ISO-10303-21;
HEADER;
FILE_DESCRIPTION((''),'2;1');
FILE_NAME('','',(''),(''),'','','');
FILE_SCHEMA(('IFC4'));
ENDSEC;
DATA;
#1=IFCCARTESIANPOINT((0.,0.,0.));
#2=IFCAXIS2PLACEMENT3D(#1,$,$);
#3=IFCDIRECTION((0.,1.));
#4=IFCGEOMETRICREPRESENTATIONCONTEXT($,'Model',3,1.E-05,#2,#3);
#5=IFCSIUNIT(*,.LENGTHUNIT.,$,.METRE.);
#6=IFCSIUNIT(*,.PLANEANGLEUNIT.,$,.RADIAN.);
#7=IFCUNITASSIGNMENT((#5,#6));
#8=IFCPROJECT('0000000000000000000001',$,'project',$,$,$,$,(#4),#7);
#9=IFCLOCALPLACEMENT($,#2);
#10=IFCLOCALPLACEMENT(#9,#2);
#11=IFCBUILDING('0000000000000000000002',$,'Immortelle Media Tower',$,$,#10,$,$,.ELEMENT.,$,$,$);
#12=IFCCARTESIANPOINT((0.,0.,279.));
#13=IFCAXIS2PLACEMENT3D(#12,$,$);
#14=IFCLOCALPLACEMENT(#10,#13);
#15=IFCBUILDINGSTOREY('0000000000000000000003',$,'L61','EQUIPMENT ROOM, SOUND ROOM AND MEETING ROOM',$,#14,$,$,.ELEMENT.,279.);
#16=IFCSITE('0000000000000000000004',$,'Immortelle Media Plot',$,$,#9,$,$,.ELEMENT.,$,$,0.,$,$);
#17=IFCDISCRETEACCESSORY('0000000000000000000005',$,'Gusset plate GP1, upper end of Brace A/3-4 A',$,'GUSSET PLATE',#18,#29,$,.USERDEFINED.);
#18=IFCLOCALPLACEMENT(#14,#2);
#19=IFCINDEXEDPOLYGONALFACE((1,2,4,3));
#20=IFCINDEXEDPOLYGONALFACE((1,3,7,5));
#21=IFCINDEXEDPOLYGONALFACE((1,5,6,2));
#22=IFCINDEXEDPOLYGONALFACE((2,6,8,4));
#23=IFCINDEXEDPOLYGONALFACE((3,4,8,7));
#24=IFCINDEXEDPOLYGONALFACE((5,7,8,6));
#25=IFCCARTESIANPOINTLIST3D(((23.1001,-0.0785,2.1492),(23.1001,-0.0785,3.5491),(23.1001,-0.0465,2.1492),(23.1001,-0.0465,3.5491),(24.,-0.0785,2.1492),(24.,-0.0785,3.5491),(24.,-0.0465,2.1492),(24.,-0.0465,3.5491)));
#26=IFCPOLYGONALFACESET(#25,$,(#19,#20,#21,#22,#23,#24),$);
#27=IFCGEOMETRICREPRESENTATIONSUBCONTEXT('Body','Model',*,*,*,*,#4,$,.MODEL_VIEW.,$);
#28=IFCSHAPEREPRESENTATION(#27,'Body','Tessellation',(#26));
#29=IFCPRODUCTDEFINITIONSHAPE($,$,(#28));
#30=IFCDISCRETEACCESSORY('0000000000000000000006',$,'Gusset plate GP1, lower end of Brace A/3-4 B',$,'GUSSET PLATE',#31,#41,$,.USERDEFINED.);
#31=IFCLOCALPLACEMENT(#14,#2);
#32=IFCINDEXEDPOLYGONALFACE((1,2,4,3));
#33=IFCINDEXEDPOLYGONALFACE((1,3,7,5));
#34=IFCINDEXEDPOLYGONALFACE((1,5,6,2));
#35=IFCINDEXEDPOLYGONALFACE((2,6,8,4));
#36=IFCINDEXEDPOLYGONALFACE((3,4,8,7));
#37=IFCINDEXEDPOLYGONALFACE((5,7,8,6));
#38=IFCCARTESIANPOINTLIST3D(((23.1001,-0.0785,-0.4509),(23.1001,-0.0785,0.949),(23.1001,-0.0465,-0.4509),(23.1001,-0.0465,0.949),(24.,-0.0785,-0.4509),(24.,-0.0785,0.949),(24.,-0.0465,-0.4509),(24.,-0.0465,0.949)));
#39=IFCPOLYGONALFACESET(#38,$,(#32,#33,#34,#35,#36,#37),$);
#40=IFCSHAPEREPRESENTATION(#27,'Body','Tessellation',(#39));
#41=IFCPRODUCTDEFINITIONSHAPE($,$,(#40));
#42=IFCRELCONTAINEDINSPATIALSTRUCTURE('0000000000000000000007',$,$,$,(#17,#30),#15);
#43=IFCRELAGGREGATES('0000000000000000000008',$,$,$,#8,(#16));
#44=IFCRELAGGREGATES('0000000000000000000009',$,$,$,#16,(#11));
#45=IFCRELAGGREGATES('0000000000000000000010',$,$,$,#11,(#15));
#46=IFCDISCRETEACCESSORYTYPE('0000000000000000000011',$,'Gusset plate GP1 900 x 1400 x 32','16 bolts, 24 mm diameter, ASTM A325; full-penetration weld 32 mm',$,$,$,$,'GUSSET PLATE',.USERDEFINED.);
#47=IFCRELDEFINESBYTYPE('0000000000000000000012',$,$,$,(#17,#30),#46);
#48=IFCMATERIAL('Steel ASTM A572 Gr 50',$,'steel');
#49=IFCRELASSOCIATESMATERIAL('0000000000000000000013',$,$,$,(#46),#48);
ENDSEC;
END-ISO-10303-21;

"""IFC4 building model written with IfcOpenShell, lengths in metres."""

from ifc_helpers import new_model, si_unit, direction, frame, origin, origin_2d, place, context, subcontext, project, spatial, rectangle, extrude, material, material_profile, profile_set, type_object, element, save


model = new_model("IFC4")

# Units and contexts
model_context = context("Model", 3, precision=1e-05, world=origin(), true_north=direction((0.0, 1.0)))
body_context = subcontext(model_context, "Body", "Model", "MODEL_VIEW")
ifc_project = project(units=[si_unit("LENGTHUNIT", "METRE"), si_unit("PLANEANGLEUNIT", "RADIAN")], contexts=[model_context])

# Site, building, storey
site_placement = place(None, origin())
site = spatial("IfcSite", under=ifc_project, at=site_placement, Name="Immortelle Media Plot", CompositionType="ELEMENT", RefElevation=0.0)
building_placement = place(site_placement, origin())
building = spatial("IfcBuilding", under=site, at=building_placement, Name="Immortelle Media Tower", CompositionType="ELEMENT")
storey_placement = place(building_placement, frame((0.0, 0.0, 279.0)))
storey = spatial("IfcBuildingStorey", under=building, at=storey_placement, Name="L61", Description="EQUIPMENT ROOM, SOUND ROOM AND MEETING ROOM", CompositionType="ELEMENT", Elevation=279.0)

# Discrete accessories
ifc_material_1 = material(Name="Steel ASTM A572 Gr 50", Category="steel")
ifc_material_profile_1 = material_profile(ifc_material_1, rectangle(XDim=0.032, YDim=1.3999, at=origin_2d()), Name="PL 32 x 1400")
ifc_profile_set_1 = profile_set([ifc_material_profile_1], Name="Steel ASTM A572 Gr 50")
discrete_accessory_type = type_object("IfcDiscreteAccessoryType", Name="Gusset plate GP1 900 x 1400 x 32", Description="16 bolts, 24 mm diameter, ASTM A325; full-penetration weld 32 mm", ElementType="GUSSET PLATE", PredefinedType="USERDEFINED", material=ifc_profile_set_1)
for number, where, z_axis, x_axis, name in (
    (1, (24.0, -0.0625, 2.8491), (-1.0, 0.0, 0.0), (0.0, -1.0, 0.0), "Gusset plate GP1, upper end of Brace A/3-4 A"),
    (2, (24.0, -0.0625, 0.249), (-1.0, 0.0, 0.0), (0.0, -1.0, 0.0), "Gusset plate GP1, lower end of Brace A/3-4 B"),
):
    element("IfcDiscreteAccessory", number, at=place(storey_placement, frame(where, z_axis=z_axis, x_axis=x_axis)), inside=storey, type_object=discrete_accessory_type, Name=name, ObjectType="GUSSET PLATE", PredefinedType="USERDEFINED", context=body_context, shape_type="SweptSolid", body=[
        extrude(rectangle(XDim=0.032, YDim=1.3999, at=origin_2d()), origin(), (0.0, 0.0, 1.0), 0.8999),
    ])

save(model, "model.ifc")
